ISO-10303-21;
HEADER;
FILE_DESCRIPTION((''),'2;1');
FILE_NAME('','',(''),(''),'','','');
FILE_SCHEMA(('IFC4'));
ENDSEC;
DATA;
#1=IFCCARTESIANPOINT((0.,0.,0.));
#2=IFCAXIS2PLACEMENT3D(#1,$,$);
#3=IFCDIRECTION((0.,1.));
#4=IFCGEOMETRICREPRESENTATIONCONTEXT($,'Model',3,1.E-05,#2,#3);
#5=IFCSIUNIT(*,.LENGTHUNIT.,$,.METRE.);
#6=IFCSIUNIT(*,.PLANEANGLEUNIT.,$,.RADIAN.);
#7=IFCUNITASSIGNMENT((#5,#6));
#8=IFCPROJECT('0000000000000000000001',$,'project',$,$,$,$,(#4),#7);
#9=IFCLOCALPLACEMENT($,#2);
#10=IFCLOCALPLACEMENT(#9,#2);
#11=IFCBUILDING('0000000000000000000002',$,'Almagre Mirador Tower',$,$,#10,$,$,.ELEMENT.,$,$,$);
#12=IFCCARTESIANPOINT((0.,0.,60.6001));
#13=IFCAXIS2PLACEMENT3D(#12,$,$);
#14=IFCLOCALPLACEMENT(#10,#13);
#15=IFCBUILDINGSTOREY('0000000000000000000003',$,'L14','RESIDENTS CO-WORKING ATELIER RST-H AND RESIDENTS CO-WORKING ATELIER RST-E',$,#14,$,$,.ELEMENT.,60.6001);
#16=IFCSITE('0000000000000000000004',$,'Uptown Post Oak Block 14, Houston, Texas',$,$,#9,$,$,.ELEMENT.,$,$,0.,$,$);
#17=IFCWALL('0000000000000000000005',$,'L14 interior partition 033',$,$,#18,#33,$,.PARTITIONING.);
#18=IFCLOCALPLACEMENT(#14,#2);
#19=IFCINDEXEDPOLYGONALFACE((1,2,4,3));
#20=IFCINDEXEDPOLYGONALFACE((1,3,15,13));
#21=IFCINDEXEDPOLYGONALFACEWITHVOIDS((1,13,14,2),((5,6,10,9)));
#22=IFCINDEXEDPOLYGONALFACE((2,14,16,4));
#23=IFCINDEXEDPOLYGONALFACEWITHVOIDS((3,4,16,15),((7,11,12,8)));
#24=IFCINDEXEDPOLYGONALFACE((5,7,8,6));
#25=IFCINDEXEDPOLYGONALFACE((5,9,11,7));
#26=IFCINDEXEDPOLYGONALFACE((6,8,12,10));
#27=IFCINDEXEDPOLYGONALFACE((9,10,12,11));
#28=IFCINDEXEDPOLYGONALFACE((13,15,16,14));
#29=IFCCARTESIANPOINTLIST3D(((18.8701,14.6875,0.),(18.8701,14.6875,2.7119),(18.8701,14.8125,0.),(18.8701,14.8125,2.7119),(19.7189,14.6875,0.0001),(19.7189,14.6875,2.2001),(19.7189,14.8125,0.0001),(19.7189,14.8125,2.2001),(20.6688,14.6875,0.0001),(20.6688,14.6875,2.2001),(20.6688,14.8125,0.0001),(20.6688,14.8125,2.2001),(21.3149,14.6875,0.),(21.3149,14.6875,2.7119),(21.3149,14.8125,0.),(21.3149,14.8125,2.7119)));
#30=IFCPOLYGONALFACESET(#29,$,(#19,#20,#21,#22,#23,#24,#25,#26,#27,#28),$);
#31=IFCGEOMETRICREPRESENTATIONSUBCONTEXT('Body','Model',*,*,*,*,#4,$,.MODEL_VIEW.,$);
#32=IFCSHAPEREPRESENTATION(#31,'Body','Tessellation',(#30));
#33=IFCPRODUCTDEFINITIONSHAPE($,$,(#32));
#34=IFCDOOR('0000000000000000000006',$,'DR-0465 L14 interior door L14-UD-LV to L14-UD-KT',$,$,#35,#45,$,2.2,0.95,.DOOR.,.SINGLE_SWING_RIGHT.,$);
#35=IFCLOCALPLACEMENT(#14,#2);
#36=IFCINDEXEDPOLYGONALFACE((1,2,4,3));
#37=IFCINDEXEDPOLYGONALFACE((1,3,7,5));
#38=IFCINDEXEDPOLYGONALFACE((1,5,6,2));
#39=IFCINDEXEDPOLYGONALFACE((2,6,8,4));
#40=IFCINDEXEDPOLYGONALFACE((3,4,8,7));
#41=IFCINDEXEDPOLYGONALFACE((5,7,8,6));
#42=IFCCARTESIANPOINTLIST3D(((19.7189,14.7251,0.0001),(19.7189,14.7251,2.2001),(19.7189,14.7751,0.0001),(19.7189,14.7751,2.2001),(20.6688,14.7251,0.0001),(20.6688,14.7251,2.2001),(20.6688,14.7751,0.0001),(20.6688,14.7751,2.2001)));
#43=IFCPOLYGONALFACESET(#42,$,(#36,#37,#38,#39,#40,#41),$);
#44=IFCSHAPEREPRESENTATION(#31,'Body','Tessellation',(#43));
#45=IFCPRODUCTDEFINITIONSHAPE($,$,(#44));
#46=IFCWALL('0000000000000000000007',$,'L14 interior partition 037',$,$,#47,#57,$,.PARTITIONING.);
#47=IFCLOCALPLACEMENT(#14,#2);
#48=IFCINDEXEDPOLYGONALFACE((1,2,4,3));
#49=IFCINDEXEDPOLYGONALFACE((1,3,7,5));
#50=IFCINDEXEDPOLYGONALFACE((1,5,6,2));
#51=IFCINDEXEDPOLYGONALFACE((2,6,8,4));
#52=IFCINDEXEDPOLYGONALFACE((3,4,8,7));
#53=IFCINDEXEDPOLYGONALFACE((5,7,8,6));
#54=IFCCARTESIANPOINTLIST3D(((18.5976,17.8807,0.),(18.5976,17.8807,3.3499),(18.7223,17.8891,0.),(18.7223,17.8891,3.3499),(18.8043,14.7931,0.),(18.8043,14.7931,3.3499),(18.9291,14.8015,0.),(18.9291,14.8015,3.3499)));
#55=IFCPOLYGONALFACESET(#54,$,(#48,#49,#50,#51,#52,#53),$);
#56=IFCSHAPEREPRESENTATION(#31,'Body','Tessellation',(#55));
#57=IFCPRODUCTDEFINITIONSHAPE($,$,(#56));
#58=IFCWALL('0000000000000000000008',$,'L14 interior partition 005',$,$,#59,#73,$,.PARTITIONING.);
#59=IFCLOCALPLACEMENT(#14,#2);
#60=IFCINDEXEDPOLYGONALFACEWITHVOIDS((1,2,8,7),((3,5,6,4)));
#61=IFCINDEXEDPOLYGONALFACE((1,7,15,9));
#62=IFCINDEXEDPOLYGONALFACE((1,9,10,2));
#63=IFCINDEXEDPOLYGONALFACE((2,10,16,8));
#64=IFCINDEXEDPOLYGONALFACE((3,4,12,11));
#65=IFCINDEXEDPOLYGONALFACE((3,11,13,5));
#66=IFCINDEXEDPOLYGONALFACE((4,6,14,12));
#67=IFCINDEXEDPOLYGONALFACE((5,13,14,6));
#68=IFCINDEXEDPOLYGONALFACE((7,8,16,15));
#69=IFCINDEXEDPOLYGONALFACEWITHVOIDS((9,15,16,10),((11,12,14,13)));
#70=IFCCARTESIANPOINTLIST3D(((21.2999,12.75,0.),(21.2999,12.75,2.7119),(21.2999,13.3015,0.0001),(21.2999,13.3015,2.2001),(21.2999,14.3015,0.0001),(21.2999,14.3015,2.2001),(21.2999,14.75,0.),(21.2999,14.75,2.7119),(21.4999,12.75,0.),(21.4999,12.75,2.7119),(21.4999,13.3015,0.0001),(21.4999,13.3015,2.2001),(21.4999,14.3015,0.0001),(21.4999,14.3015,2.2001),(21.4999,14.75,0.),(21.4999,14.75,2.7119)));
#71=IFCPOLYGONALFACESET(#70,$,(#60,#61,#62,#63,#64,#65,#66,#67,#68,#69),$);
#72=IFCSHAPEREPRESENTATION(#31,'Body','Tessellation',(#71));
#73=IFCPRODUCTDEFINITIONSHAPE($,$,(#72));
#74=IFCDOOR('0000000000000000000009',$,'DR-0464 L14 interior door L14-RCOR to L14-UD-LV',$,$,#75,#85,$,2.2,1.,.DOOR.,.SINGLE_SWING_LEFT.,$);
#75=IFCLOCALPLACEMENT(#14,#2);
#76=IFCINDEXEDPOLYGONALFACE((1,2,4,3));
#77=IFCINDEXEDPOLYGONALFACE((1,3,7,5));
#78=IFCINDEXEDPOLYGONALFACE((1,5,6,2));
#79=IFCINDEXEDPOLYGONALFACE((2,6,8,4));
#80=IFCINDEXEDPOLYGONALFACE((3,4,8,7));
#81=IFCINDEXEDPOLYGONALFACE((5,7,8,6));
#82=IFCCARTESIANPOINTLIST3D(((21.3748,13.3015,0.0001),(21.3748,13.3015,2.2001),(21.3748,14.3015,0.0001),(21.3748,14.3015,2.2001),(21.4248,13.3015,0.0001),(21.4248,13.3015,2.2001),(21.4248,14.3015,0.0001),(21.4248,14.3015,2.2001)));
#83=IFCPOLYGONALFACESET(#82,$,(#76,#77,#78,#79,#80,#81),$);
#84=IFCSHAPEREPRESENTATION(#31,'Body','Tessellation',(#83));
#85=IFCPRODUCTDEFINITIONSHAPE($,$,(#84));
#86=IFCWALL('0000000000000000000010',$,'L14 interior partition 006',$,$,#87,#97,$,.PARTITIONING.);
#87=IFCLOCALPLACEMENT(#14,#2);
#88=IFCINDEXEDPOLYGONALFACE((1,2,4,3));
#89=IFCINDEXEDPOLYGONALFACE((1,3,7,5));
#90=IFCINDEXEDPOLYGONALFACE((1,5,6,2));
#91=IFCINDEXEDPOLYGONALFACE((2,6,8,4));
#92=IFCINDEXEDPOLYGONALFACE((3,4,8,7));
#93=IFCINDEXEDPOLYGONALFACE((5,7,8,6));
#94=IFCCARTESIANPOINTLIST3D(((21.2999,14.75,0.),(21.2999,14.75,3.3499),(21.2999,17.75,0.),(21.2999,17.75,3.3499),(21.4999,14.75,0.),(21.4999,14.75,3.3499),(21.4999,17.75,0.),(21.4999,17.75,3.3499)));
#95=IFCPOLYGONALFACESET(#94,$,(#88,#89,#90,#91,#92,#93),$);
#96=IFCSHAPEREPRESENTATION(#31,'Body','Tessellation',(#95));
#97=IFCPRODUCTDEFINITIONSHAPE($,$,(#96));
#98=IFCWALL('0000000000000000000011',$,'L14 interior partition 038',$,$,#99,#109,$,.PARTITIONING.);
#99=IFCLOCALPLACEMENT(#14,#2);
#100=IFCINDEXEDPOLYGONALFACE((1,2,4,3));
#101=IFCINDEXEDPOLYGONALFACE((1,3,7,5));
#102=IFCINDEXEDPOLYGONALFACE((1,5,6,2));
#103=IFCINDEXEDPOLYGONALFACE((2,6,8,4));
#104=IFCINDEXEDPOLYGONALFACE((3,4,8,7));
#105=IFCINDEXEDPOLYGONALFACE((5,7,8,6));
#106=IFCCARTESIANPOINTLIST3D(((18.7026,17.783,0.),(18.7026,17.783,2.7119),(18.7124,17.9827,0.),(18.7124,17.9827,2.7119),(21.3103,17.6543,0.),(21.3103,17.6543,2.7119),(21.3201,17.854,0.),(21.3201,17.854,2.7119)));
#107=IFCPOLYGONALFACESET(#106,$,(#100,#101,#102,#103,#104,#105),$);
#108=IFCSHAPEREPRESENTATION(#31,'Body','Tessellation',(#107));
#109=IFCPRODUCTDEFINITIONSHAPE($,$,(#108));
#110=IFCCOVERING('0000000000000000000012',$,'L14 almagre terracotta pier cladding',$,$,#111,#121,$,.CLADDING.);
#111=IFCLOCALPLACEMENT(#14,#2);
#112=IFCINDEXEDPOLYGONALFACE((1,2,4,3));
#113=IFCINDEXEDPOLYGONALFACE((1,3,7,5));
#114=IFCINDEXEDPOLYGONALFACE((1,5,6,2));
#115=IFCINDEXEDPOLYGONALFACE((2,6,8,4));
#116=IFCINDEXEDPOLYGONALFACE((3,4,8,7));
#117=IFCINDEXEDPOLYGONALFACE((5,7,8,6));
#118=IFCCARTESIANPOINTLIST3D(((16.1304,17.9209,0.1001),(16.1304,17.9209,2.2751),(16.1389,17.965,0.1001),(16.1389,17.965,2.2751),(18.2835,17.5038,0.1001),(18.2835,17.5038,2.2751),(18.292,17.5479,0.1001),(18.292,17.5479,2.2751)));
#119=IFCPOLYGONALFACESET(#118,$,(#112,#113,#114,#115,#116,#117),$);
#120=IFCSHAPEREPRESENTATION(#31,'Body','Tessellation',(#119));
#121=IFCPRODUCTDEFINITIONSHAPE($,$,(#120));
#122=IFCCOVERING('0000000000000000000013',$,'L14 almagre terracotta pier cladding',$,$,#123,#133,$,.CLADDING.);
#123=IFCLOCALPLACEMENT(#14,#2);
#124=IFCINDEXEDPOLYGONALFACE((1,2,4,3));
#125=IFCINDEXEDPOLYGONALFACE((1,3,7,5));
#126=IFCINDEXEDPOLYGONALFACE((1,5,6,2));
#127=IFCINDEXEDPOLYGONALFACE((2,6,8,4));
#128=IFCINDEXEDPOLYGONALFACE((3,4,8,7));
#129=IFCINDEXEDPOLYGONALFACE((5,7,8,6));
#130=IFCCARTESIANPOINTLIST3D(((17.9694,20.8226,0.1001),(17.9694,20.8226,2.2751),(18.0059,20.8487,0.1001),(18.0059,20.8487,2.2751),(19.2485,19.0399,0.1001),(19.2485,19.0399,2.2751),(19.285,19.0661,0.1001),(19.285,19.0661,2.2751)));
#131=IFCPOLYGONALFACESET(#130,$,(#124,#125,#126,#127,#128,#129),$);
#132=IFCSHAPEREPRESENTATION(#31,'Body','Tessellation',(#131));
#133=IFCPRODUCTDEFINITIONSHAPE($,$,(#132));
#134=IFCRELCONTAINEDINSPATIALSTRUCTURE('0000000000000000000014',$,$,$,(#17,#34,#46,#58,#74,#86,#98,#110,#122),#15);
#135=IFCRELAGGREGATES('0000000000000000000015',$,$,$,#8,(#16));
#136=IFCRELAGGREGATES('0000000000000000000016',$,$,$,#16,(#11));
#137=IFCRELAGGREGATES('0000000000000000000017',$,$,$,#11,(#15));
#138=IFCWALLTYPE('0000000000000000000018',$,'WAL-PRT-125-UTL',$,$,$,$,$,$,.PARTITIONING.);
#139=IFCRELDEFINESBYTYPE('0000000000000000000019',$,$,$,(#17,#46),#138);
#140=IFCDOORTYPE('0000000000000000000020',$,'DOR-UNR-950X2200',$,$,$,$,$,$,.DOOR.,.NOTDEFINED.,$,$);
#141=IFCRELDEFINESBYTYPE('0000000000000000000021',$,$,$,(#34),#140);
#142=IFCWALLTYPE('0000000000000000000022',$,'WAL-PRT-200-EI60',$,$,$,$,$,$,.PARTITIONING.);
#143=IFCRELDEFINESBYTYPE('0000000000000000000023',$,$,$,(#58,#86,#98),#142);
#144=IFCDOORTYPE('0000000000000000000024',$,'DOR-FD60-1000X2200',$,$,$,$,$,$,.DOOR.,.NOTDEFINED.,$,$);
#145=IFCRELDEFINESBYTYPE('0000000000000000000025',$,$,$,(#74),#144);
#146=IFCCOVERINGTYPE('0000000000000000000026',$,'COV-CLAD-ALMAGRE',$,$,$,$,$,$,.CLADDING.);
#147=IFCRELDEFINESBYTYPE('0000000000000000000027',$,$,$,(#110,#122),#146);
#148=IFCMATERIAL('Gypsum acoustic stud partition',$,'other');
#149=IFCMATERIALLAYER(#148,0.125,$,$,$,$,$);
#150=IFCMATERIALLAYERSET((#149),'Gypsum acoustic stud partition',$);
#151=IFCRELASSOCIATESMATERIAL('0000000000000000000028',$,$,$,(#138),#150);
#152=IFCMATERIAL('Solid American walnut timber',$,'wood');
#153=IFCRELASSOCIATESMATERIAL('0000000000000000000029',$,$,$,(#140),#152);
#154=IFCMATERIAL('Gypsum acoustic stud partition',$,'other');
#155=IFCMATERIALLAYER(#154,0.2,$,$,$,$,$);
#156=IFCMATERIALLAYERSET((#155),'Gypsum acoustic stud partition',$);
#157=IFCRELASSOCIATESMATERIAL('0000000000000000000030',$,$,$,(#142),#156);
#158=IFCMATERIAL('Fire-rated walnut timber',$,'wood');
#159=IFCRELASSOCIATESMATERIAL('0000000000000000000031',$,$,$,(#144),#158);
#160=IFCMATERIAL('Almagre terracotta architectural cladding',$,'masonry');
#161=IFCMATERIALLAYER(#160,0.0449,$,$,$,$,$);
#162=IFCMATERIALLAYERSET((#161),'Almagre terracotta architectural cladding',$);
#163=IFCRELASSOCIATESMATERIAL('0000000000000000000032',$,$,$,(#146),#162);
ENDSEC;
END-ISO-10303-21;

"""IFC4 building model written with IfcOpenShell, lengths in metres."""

from ifc_helpers import new_model, si_unit, direction, frame, frame_2d, origin, origin_2d, place, context, subcontext, project, spatial, rectangle, extrude, material, layer, layer_set, type_object, element, fill, save


model = new_model("IFC4")

# Units and contexts
model_context = context("Model", 3, precision=1e-05, world=origin(), true_north=direction((0.0, 1.0)))
body_context = subcontext(model_context, "Body", "Model", "MODEL_VIEW")
ifc_project = project(units=[si_unit("LENGTHUNIT", "METRE"), si_unit("PLANEANGLEUNIT", "RADIAN")], contexts=[model_context])

# Site, building, storey
site_placement = place(None, origin())
site = spatial("IfcSite", under=ifc_project, at=site_placement, Name="Uptown Post Oak Block 14, Houston, Texas", CompositionType="ELEMENT", RefElevation=0.0)
building_placement = place(site_placement, origin())
building = spatial("IfcBuilding", under=site, at=building_placement, Name="Almagre Mirador Tower", CompositionType="ELEMENT")
storey_placement = place(building_placement, frame((0.0, 0.0, 60.6001)))
storey = spatial("IfcBuildingStorey", under=building, at=storey_placement, Name="L14", Description="RESIDENTS CO-WORKING ATELIER RST-H AND RESIDENTS CO-WORKING ATELIER RST-E", CompositionType="ELEMENT", Elevation=60.6001)

# Wall, opening, door
ifc_material_1 = material(Name="Gypsum acoustic stud partition", Category="other")
ifc_layer_1 = layer(ifc_material_1, 0.125)
ifc_layer_set_1 = layer_set([ifc_layer_1], Name="Gypsum acoustic stud partition")
wall_type_1 = type_object("IfcWallType", Name="WAL-PRT-125-UTL", PredefinedType="PARTITIONING", material=ifc_layer_set_1)
wall_1_placement = place(storey_placement, frame((21.3149, 14.75, 0.0), z_axis=(0.0, 0.0, 1.0), x_axis=(-1.0, 0.0, 0.0)))
wall_1 = element("IfcWall", 1, at=wall_1_placement, inside=storey, type_object=wall_type_1, Name="L14 interior partition 033", PredefinedType="PARTITIONING", context=body_context, shape_type="SweptSolid", body=[
    extrude(rectangle(XDim=2.4448, YDim=0.125, at=frame_2d((1.2224, 0.0))), origin(), (0.0, 0.0, 1.0), 2.7119),
])
opening_1_placement = place(wall_1_placement, frame((0.646, 0.0, 0.0)))
opening_1 = element("IfcOpeningElement", 2, at=opening_1_placement, cuts=wall_1, PredefinedType="OPENING", context=body_context, shape_type="SweptSolid", body=[
    extrude(rectangle(XDim=0.95, YDim=2.2, at=frame_2d((0.4751, 1.1001))), frame((0.0, 0.0725, 0.0), z_axis=(0.0, -1.0, 0.0), x_axis=(1.0, 0.0, 0.0)), (0.0, 0.0, 1.0), 0.145),
])
ifc_material_2 = material(Name="Solid American walnut timber", Category="wood")
door_type_1 = type_object("IfcDoorType", Name="DOR-UNR-950X2200", OperationType="NOTDEFINED", PredefinedType="DOOR", material=ifc_material_2)
door_1_placement = place(opening_1_placement, origin())
door_1 = element("IfcDoor", 3, at=door_1_placement, inside=storey, type_object=door_type_1, Name="DR-0465 L14 interior door L14-UD-LV to L14-UD-KT", OperationType="SINGLE_SWING_RIGHT", OverallHeight=2.2, OverallWidth=0.95, PredefinedType="DOOR", context=body_context, shape_type="SweptSolid", body=[
    extrude(rectangle(XDim=0.95, YDim=2.2, at=frame_2d((0.4751, 1.1001))), frame((0.0, 0.0249, 0.0), z_axis=(0.0, -1.0, 0.0), x_axis=(1.0, 0.0, 0.0)), (0.0, 0.0, 1.0), 0.05),
])
fill(opening_1, door_1)

# Wall
wall_2_placement = place(storey_placement, frame((18.6599, 17.885, 0.0), z_axis=(0.0, 0.0, 1.0), x_axis=(0.066823, -0.997765, 0.0)))
element("IfcWall", 4, at=wall_2_placement, inside=storey, type_object=wall_type_1, Name="L14 interior partition 037", PredefinedType="PARTITIONING", context=body_context, shape_type="SweptSolid", body=[
    extrude(rectangle(XDim=3.0945, YDim=0.125, at=frame_2d((1.5474, 0.0))), origin(), (0.0, 0.0, 1.0), 3.3499),
])

# Wall, opening, door
ifc_material_3 = material(Name="Gypsum acoustic stud partition", Category="other")
ifc_layer_2 = layer(ifc_material_3, 0.2)
ifc_layer_set_2 = layer_set([ifc_layer_2], Name="Gypsum acoustic stud partition")
wall_type_2 = type_object("IfcWallType", Name="WAL-PRT-200-EI60", PredefinedType="PARTITIONING", material=ifc_layer_set_2)
wall_3_placement = place(storey_placement, frame((21.3999, 14.75, 0.0), z_axis=(0.0, 0.0, 1.0), x_axis=(0.0, -1.0, 0.0)))
wall_3 = element("IfcWall", 5, at=wall_3_placement, inside=storey, type_object=wall_type_2, Name="L14 interior partition 005", PredefinedType="PARTITIONING", context=body_context, shape_type="SweptSolid", body=[
    extrude(rectangle(XDim=2.0, YDim=0.2, at=frame_2d((1.0, 0.0))), origin(), (0.0, 0.0, 1.0), 2.7119),
])
opening_2_placement = place(wall_3_placement, frame((0.4485, 0.0, 0.0)))
opening_2 = element("IfcOpeningElement", 6, at=opening_2_placement, cuts=wall_3, PredefinedType="OPENING", context=body_context, shape_type="SweptSolid", body=[
    extrude(rectangle(XDim=1.0, YDim=2.2, at=frame_2d((0.5, 1.1001))), frame((0.0, 0.1101, 0.0), z_axis=(0.0, -1.0, 0.0), x_axis=(1.0, 0.0, 0.0)), (0.0, 0.0, 1.0), 0.22),
])
ifc_material_4 = material(Name="Fire-rated walnut timber", Category="wood")
door_type_2 = type_object("IfcDoorType", Name="DOR-FD60-1000X2200", OperationType="NOTDEFINED", PredefinedType="DOOR", material=ifc_material_4)
door_2_placement = place(opening_2_placement, origin())
door_2 = element("IfcDoor", 7, at=door_2_placement, inside=storey, type_object=door_type_2, Name="DR-0464 L14 interior door L14-RCOR to L14-UD-LV", OperationType="SINGLE_SWING_LEFT", OverallHeight=2.2, OverallWidth=1.0, PredefinedType="DOOR", context=body_context, shape_type="SweptSolid", body=[
    extrude(rectangle(XDim=1.0, YDim=2.2, at=frame_2d((0.5, 1.1001))), frame((0.0, 0.0249, 0.0), z_axis=(0.0, -1.0, 0.0), x_axis=(1.0, 0.0, 0.0)), (0.0, 0.0, 1.0), 0.05),
])
fill(opening_2, door_2)

# Walls
wall_4_placement = place(storey_placement, frame((21.3999, 17.75, 0.0), z_axis=(0.0, 0.0, 1.0), x_axis=(0.0, -1.0, 0.0)))
element("IfcWall", 8, at=wall_4_placement, inside=storey, type_object=wall_type_2, Name="L14 interior partition 006", PredefinedType="PARTITIONING", context=body_context, shape_type="SweptSolid", body=[
    extrude(rectangle(XDim=3.0, YDim=0.2, at=frame_2d((1.5, 0.0))), origin(), (0.0, 0.0, 1.0), 3.3499),
])
wall_5_placement = place(storey_placement, frame((21.3152, 17.7542, 0.0), z_axis=(0.0, 0.0, 1.0), x_axis=(-0.998785, 0.04928, 0.0)))
element("IfcWall", 9, at=wall_5_placement, inside=storey, type_object=wall_type_2, Name="L14 interior partition 038", PredefinedType="PARTITIONING", context=body_context, shape_type="SweptSolid", body=[
    extrude(rectangle(XDim=2.6108, YDim=0.2, at=frame_2d((1.3054, 0.0))), origin(), (0.0, 0.0, 1.0), 2.7119),
])

# Coverings
ifc_material_5 = material(Name="Almagre terracotta architectural cladding", Category="masonry")
ifc_layer_3 = layer(ifc_material_5, 0.0449)
ifc_layer_set_3 = layer_set([ifc_layer_3], Name="Almagre terracotta architectural cladding")
covering_type = type_object("IfcCoveringType", Name="COV-CLAD-ALMAGRE", PredefinedType="CLADDING", material=ifc_layer_set_3)
covering_1_placement = place(storey_placement, frame((17.2112, 17.7344, 0.1001), z_axis=(0.0, 0.0, 1.0), x_axis=(0.981747, -0.190192, 0.0)))
element("IfcCovering", 10, at=covering_1_placement, inside=storey, type_object=covering_type, Name="L14 almagre terracotta pier cladding", PredefinedType="CLADDING", context=body_context, shape_type="SweptSolid", body=[
    extrude(rectangle(XDim=2.1931, YDim=0.0449, at=origin_2d()), origin(), (0.0, 0.0, 1.0), 2.175),
])
covering_2_placement = place(storey_placement, frame((18.6272, 19.9443, 0.1001), z_axis=(0.0, 0.0, 1.0), x_axis=(-0.583002, 0.81247, 0.0)))
element("IfcCovering", 11, at=covering_2_placement, inside=storey, type_object=covering_type, Name="L14 almagre terracotta pier cladding", PredefinedType="CLADDING", context=body_context, shape_type="SweptSolid", body=[
    extrude(rectangle(XDim=2.1941, YDim=0.0449, at=origin_2d()), origin(), (0.0, 0.0, 1.0), 2.175),
])

save(model, "model.ifc")
